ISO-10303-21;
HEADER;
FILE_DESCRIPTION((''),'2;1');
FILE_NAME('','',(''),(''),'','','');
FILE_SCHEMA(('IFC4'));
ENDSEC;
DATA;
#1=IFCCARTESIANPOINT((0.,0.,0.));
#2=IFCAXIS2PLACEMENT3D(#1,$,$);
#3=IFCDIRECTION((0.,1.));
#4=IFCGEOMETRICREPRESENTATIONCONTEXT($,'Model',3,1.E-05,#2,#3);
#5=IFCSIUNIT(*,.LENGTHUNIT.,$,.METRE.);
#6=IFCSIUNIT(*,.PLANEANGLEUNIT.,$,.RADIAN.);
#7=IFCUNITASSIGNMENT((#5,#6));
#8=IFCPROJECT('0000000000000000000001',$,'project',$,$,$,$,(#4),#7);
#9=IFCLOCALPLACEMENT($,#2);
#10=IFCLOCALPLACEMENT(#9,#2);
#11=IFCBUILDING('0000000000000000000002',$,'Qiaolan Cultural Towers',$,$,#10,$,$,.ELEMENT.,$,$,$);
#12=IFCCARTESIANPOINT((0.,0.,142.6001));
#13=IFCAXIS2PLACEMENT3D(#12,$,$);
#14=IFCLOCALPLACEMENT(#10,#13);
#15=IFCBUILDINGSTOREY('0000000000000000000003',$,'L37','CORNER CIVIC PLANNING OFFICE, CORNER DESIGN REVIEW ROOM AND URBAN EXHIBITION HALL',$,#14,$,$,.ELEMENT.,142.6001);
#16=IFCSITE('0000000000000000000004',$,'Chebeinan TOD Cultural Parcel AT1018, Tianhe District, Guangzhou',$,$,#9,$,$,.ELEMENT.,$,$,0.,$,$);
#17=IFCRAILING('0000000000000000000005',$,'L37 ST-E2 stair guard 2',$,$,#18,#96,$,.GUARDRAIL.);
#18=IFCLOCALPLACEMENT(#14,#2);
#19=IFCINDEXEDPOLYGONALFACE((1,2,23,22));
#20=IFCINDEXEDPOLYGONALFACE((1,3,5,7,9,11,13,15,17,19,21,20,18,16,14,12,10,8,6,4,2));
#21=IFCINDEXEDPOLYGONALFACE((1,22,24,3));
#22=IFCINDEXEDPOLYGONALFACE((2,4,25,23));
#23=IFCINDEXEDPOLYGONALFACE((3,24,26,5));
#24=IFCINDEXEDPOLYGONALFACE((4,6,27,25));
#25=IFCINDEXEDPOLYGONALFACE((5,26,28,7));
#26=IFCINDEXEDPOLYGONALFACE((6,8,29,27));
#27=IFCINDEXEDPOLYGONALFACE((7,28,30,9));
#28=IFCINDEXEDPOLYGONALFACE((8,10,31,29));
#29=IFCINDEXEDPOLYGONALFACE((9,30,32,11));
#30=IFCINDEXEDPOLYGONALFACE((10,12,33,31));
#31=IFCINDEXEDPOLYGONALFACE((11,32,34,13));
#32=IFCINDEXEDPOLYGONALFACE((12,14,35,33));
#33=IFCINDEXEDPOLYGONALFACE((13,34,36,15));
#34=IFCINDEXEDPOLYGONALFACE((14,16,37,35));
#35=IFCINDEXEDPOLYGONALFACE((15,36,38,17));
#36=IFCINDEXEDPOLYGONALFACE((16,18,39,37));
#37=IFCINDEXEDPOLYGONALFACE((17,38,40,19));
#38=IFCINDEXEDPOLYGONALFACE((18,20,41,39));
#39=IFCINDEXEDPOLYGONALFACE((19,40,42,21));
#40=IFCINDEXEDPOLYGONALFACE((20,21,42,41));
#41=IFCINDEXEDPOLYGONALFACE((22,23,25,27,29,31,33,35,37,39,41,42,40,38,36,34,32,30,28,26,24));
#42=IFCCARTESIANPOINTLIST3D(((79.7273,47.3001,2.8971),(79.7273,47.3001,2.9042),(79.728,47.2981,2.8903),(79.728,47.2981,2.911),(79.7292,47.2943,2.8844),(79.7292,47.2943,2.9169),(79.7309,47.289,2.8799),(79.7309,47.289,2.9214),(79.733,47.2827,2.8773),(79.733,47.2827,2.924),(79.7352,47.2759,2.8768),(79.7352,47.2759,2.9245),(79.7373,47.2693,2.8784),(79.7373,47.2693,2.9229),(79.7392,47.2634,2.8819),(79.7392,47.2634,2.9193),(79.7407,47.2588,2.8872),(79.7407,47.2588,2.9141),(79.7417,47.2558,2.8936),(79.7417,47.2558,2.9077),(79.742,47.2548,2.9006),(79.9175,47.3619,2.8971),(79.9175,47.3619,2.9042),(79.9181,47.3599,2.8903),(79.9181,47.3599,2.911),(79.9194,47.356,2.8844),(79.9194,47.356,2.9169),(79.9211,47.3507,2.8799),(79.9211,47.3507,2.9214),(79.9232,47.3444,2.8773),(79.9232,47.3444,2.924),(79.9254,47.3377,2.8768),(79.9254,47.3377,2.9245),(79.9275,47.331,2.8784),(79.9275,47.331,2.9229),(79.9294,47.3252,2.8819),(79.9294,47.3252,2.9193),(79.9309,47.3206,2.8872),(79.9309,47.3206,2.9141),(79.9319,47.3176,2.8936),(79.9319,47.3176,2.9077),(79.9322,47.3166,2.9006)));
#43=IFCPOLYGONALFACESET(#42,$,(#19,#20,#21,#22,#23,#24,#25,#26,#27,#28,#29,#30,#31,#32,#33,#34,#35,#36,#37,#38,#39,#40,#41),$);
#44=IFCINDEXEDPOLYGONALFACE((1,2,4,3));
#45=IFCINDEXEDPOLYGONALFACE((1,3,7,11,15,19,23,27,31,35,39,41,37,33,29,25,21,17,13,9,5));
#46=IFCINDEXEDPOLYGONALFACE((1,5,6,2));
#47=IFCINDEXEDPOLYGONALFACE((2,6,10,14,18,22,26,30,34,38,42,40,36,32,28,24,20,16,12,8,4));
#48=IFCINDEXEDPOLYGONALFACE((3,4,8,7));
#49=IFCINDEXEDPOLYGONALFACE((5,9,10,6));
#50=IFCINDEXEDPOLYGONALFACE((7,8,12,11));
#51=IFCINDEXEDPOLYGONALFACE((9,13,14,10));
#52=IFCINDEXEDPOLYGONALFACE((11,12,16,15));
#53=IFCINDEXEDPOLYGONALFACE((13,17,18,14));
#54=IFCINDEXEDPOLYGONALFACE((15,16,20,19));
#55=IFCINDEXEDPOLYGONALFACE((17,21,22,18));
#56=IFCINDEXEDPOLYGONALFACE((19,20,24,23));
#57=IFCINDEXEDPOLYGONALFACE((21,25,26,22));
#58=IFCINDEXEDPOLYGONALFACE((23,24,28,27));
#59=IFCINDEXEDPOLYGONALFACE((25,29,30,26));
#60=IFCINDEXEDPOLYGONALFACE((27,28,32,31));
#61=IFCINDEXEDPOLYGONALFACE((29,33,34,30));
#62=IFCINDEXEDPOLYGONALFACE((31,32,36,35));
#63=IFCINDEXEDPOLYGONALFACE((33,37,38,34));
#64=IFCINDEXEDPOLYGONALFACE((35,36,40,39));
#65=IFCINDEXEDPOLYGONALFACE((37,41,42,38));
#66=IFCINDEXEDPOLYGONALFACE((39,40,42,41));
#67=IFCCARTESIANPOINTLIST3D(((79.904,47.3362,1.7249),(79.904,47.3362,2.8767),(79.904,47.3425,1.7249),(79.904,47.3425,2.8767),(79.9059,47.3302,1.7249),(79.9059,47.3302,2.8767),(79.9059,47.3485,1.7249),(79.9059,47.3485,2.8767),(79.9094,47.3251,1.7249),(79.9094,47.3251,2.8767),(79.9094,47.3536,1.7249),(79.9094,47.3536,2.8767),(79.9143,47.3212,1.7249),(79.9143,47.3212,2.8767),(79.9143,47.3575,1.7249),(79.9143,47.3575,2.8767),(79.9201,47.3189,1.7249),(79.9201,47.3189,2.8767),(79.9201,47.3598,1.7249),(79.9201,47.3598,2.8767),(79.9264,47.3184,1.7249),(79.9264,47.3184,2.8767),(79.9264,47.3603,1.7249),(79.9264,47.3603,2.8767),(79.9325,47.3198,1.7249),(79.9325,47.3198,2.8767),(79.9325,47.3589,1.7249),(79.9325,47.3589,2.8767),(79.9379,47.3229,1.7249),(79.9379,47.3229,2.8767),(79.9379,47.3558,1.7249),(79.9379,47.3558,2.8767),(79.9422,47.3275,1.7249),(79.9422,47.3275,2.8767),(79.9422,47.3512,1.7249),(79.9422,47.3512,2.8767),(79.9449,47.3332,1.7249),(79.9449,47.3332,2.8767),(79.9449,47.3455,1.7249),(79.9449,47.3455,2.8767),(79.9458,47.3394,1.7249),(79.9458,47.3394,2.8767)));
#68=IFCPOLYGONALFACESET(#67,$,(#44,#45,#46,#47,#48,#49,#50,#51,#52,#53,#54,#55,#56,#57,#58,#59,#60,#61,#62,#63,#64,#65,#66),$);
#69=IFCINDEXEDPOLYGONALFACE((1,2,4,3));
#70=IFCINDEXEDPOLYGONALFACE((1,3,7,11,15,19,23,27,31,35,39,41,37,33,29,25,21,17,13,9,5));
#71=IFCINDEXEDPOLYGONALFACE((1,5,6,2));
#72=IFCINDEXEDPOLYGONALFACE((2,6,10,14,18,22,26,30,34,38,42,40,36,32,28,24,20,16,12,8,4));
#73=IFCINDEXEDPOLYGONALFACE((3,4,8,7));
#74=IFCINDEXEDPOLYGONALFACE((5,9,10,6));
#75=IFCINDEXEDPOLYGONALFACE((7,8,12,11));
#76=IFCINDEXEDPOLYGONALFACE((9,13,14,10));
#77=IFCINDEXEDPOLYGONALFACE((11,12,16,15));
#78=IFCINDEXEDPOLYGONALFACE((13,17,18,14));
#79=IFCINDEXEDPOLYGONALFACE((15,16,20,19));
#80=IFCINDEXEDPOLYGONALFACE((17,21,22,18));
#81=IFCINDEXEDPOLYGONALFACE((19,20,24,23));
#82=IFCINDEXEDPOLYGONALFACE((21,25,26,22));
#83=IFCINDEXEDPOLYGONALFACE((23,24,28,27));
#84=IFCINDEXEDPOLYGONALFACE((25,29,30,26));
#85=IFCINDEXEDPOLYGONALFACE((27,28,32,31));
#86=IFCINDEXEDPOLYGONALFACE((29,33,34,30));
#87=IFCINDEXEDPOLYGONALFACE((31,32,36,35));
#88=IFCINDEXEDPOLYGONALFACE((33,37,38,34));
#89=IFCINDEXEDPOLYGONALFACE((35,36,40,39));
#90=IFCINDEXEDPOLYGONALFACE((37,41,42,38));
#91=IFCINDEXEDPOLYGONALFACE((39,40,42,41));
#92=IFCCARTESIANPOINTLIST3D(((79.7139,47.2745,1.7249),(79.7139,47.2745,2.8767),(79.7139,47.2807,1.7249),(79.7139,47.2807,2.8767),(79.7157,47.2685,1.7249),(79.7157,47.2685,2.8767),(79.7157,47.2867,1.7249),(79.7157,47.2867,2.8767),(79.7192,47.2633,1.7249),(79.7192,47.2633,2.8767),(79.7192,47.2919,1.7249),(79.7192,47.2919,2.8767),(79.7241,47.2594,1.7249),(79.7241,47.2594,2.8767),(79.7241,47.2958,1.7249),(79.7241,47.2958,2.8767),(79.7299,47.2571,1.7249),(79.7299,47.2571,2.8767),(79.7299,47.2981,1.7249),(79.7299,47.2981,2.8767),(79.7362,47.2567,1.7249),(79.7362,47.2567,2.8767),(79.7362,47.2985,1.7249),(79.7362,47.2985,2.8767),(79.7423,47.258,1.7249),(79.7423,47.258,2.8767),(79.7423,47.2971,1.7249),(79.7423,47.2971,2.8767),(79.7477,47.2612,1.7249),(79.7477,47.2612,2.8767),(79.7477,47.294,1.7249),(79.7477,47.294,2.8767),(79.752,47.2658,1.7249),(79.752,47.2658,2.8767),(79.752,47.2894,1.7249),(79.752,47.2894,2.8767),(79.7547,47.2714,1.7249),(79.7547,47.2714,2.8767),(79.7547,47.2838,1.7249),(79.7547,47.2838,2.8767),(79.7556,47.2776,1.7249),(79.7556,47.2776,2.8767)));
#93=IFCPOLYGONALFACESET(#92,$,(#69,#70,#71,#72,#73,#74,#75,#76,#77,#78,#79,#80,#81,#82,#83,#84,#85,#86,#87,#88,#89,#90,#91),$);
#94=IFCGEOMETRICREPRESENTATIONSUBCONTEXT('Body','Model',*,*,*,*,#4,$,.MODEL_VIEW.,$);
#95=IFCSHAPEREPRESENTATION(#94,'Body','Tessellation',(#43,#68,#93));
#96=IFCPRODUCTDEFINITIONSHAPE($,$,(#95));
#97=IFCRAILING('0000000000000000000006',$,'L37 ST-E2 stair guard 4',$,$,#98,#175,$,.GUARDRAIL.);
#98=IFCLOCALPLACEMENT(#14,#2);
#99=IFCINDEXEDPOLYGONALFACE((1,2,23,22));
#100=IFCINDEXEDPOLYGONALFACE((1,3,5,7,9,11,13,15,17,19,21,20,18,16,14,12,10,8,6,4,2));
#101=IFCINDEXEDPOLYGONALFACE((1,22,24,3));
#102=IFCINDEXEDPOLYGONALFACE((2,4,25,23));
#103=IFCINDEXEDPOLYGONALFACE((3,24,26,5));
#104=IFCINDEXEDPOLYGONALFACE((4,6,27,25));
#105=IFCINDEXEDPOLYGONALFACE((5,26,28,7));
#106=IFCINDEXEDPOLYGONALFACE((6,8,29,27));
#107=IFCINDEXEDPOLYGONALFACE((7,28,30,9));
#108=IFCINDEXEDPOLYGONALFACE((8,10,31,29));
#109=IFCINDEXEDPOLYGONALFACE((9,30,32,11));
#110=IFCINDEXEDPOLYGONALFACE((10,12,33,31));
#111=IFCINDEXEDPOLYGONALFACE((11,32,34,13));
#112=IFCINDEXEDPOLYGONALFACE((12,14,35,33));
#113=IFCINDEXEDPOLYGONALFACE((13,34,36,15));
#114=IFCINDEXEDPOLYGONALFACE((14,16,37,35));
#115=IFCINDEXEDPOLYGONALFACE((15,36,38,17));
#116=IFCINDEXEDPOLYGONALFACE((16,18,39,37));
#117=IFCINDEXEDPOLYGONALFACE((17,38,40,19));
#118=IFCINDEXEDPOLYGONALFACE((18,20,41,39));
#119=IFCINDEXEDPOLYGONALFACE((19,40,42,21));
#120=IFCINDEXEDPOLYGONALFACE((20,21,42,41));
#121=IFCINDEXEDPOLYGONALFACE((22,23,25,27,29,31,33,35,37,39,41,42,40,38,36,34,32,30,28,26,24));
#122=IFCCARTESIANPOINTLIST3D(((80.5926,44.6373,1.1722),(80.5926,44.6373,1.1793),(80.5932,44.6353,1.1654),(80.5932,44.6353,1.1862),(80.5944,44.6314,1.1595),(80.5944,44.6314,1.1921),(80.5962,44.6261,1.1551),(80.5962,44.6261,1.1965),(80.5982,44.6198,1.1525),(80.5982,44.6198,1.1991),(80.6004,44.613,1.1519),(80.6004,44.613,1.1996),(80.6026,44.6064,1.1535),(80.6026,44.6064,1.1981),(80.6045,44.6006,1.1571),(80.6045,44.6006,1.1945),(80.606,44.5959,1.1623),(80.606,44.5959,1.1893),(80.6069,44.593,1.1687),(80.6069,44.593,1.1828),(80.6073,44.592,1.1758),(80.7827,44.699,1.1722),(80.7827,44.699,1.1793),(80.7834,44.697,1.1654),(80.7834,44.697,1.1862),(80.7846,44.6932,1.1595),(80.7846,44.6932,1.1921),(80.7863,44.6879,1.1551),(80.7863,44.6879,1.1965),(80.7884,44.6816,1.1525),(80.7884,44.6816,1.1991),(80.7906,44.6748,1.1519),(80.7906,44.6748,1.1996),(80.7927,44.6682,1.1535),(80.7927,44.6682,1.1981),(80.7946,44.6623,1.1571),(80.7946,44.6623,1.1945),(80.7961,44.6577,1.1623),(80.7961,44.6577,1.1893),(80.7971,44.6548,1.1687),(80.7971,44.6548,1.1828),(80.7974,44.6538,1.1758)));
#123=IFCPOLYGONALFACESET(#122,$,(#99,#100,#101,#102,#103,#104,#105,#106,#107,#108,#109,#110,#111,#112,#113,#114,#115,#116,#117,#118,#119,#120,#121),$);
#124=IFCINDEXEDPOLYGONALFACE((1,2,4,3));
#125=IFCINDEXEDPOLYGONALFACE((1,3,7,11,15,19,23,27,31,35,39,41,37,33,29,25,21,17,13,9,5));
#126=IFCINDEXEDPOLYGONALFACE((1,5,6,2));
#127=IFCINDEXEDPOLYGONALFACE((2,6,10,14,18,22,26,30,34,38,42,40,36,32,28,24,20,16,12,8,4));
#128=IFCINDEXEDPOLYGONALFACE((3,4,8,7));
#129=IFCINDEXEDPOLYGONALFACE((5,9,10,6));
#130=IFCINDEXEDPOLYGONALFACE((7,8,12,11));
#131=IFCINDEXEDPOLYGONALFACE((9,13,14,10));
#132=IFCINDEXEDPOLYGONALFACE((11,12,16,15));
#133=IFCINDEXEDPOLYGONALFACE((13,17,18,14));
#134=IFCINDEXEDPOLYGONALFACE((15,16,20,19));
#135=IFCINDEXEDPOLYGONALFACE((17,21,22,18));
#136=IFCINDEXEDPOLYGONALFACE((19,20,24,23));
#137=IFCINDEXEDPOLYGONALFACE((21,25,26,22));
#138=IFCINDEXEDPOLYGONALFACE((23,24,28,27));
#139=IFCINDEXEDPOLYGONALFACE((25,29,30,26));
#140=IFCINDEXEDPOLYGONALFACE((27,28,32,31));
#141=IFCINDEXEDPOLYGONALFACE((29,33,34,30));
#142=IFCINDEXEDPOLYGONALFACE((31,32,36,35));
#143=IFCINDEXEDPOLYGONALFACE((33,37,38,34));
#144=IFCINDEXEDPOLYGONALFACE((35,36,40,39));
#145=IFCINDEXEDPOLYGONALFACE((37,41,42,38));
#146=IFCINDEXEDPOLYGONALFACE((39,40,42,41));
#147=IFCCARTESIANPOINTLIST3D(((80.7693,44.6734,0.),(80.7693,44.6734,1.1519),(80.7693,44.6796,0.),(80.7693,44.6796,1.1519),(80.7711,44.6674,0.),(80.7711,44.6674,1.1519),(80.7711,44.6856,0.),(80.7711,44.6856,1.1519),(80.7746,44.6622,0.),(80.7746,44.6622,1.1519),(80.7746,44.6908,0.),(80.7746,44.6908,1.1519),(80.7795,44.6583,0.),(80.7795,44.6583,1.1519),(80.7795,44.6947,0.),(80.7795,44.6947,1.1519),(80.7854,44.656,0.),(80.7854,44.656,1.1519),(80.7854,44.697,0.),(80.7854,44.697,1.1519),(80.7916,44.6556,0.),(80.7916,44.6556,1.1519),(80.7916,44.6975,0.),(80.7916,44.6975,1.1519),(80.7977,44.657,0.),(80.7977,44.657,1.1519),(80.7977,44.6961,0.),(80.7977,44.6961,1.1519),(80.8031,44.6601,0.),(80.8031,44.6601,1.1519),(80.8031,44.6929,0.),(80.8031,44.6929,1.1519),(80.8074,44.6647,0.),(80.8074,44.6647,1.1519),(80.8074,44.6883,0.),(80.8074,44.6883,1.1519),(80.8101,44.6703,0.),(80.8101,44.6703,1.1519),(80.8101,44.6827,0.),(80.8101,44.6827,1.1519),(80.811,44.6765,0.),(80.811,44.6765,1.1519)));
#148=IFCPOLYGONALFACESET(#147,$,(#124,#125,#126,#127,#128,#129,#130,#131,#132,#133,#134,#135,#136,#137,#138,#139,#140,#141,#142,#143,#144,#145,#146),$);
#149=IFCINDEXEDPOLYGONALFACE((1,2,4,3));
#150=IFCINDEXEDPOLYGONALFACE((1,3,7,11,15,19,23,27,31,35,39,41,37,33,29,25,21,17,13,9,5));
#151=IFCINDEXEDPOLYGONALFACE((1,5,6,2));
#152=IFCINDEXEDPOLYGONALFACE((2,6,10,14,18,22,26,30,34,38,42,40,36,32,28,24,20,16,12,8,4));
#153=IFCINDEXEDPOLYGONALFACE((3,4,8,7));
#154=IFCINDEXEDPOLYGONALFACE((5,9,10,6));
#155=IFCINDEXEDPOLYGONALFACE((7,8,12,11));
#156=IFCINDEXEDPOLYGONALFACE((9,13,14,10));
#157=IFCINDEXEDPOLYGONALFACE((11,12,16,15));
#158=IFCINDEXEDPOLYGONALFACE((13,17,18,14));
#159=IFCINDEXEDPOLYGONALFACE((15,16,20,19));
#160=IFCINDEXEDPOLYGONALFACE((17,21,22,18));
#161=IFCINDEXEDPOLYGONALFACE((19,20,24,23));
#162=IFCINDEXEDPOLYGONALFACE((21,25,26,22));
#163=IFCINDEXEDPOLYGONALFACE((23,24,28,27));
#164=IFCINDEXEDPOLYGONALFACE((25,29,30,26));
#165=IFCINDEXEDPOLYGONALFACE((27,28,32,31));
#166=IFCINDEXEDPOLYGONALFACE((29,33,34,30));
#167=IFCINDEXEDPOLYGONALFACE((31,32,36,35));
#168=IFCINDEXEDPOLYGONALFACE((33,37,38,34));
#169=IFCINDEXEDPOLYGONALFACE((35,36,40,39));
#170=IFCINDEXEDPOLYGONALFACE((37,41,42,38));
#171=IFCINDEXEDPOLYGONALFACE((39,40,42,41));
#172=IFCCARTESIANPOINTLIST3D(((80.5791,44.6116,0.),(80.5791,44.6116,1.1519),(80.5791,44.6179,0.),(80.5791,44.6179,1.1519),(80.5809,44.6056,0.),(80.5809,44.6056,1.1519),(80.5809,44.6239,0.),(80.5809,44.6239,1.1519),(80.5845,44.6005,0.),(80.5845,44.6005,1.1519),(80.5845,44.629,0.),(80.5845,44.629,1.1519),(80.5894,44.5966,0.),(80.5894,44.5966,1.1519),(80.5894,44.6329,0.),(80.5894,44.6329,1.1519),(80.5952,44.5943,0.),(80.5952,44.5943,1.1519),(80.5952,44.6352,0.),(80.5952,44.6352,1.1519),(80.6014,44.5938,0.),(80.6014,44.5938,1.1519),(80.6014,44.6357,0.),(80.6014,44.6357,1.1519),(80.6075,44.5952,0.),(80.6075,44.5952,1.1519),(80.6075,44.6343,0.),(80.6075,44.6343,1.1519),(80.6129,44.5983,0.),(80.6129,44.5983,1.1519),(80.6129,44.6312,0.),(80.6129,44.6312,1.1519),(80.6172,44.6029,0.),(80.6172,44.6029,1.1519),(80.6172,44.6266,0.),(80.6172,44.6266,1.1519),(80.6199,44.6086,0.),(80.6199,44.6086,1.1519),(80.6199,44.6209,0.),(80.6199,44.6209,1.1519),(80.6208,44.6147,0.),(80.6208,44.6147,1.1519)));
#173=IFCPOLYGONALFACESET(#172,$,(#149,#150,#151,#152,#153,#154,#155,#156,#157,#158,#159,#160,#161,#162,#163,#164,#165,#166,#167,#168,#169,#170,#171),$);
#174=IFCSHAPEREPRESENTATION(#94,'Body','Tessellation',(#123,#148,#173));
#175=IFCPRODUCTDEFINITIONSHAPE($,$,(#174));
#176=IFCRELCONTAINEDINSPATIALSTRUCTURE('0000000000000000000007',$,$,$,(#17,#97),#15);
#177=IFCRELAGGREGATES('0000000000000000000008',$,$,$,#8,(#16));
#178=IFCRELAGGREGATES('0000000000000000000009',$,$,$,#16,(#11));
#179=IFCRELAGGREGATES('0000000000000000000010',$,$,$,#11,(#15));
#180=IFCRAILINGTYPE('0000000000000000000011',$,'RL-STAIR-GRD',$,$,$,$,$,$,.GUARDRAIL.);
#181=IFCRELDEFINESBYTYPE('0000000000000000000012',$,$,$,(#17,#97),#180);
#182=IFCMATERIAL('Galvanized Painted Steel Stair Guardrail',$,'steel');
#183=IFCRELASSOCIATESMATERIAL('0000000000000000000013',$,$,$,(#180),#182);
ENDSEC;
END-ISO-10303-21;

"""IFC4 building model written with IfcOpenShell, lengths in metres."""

from ifc_helpers import new_model, si_unit, direction, frame, origin, origin_2d, place, context, subcontext, project, spatial, circle, extrude, material, type_object, element, save


model = new_model("IFC4")

# Units and contexts
model_context = context("Model", 3, precision=1e-05, world=origin(), true_north=direction((0.0, 1.0)))
body_context = subcontext(model_context, "Body", "Model", "MODEL_VIEW")
ifc_project = project(units=[si_unit("LENGTHUNIT", "METRE"), si_unit("PLANEANGLEUNIT", "RADIAN")], contexts=[model_context])

# Site, building, storey
site_placement = place(None, origin())
site = spatial("IfcSite", under=ifc_project, at=site_placement, Name="Chebeinan TOD Cultural Parcel AT1018, Tianhe District, Guangzhou", CompositionType="ELEMENT", RefElevation=0.0)
building_placement = place(site_placement, origin())
building = spatial("IfcBuilding", under=site, at=building_placement, Name="Qiaolan Cultural Towers", CompositionType="ELEMENT")
storey_placement = place(building_placement, frame((0.0, 0.0, 142.6001)))
storey = spatial("IfcBuildingStorey", under=building, at=storey_placement, Name="L37", Description="CORNER CIVIC PLANNING OFFICE, CORNER DESIGN REVIEW ROOM AND URBAN EXHIBITION HALL", CompositionType="ELEMENT", Elevation=142.6001)

# Railings
ifc_material_1 = material(Name="Galvanized Painted Steel Stair Guardrail", Category="steel")
railing_type_1 = type_object("IfcRailingType", Name="RL-STAIR-GRD", PredefinedType="GUARDRAIL", material=ifc_material_1)
for number, where, name in (
    (1, (79.9248, 47.3394, 1.7249), "L37 ST-E2 stair guard 2"),
    (2, (80.79, 44.6765, 0.0), "L37 ST-E2 stair guard 4"),
):
    element("IfcRailing", number, at=place(storey_placement, frame(where)), inside=storey, type_object=railing_type_1, Name=name, PredefinedType="GUARDRAIL", context=body_context, shape_type="SweptSolid", body=[
        extrude(circle(Radius=0.0239, at=origin_2d()), frame((0.0, 0.0, 1.1758), z_axis=(-0.951097, -0.308893, 0.0), x_axis=(0.308893, -0.951097, 0.0)), (0.0, 0.0, 1.0), 0.2),
        extrude(circle(Radius=0.021, at=origin_2d()), origin(), (0.0, 0.0, 1.0), 1.1519),
        extrude(circle(Radius=0.021, at=origin_2d()), frame((-0.1902, -0.0618, 0.0)), (0.0, 0.0, 1.0), 1.1519),
    ])

save(model, "model.ifc")
